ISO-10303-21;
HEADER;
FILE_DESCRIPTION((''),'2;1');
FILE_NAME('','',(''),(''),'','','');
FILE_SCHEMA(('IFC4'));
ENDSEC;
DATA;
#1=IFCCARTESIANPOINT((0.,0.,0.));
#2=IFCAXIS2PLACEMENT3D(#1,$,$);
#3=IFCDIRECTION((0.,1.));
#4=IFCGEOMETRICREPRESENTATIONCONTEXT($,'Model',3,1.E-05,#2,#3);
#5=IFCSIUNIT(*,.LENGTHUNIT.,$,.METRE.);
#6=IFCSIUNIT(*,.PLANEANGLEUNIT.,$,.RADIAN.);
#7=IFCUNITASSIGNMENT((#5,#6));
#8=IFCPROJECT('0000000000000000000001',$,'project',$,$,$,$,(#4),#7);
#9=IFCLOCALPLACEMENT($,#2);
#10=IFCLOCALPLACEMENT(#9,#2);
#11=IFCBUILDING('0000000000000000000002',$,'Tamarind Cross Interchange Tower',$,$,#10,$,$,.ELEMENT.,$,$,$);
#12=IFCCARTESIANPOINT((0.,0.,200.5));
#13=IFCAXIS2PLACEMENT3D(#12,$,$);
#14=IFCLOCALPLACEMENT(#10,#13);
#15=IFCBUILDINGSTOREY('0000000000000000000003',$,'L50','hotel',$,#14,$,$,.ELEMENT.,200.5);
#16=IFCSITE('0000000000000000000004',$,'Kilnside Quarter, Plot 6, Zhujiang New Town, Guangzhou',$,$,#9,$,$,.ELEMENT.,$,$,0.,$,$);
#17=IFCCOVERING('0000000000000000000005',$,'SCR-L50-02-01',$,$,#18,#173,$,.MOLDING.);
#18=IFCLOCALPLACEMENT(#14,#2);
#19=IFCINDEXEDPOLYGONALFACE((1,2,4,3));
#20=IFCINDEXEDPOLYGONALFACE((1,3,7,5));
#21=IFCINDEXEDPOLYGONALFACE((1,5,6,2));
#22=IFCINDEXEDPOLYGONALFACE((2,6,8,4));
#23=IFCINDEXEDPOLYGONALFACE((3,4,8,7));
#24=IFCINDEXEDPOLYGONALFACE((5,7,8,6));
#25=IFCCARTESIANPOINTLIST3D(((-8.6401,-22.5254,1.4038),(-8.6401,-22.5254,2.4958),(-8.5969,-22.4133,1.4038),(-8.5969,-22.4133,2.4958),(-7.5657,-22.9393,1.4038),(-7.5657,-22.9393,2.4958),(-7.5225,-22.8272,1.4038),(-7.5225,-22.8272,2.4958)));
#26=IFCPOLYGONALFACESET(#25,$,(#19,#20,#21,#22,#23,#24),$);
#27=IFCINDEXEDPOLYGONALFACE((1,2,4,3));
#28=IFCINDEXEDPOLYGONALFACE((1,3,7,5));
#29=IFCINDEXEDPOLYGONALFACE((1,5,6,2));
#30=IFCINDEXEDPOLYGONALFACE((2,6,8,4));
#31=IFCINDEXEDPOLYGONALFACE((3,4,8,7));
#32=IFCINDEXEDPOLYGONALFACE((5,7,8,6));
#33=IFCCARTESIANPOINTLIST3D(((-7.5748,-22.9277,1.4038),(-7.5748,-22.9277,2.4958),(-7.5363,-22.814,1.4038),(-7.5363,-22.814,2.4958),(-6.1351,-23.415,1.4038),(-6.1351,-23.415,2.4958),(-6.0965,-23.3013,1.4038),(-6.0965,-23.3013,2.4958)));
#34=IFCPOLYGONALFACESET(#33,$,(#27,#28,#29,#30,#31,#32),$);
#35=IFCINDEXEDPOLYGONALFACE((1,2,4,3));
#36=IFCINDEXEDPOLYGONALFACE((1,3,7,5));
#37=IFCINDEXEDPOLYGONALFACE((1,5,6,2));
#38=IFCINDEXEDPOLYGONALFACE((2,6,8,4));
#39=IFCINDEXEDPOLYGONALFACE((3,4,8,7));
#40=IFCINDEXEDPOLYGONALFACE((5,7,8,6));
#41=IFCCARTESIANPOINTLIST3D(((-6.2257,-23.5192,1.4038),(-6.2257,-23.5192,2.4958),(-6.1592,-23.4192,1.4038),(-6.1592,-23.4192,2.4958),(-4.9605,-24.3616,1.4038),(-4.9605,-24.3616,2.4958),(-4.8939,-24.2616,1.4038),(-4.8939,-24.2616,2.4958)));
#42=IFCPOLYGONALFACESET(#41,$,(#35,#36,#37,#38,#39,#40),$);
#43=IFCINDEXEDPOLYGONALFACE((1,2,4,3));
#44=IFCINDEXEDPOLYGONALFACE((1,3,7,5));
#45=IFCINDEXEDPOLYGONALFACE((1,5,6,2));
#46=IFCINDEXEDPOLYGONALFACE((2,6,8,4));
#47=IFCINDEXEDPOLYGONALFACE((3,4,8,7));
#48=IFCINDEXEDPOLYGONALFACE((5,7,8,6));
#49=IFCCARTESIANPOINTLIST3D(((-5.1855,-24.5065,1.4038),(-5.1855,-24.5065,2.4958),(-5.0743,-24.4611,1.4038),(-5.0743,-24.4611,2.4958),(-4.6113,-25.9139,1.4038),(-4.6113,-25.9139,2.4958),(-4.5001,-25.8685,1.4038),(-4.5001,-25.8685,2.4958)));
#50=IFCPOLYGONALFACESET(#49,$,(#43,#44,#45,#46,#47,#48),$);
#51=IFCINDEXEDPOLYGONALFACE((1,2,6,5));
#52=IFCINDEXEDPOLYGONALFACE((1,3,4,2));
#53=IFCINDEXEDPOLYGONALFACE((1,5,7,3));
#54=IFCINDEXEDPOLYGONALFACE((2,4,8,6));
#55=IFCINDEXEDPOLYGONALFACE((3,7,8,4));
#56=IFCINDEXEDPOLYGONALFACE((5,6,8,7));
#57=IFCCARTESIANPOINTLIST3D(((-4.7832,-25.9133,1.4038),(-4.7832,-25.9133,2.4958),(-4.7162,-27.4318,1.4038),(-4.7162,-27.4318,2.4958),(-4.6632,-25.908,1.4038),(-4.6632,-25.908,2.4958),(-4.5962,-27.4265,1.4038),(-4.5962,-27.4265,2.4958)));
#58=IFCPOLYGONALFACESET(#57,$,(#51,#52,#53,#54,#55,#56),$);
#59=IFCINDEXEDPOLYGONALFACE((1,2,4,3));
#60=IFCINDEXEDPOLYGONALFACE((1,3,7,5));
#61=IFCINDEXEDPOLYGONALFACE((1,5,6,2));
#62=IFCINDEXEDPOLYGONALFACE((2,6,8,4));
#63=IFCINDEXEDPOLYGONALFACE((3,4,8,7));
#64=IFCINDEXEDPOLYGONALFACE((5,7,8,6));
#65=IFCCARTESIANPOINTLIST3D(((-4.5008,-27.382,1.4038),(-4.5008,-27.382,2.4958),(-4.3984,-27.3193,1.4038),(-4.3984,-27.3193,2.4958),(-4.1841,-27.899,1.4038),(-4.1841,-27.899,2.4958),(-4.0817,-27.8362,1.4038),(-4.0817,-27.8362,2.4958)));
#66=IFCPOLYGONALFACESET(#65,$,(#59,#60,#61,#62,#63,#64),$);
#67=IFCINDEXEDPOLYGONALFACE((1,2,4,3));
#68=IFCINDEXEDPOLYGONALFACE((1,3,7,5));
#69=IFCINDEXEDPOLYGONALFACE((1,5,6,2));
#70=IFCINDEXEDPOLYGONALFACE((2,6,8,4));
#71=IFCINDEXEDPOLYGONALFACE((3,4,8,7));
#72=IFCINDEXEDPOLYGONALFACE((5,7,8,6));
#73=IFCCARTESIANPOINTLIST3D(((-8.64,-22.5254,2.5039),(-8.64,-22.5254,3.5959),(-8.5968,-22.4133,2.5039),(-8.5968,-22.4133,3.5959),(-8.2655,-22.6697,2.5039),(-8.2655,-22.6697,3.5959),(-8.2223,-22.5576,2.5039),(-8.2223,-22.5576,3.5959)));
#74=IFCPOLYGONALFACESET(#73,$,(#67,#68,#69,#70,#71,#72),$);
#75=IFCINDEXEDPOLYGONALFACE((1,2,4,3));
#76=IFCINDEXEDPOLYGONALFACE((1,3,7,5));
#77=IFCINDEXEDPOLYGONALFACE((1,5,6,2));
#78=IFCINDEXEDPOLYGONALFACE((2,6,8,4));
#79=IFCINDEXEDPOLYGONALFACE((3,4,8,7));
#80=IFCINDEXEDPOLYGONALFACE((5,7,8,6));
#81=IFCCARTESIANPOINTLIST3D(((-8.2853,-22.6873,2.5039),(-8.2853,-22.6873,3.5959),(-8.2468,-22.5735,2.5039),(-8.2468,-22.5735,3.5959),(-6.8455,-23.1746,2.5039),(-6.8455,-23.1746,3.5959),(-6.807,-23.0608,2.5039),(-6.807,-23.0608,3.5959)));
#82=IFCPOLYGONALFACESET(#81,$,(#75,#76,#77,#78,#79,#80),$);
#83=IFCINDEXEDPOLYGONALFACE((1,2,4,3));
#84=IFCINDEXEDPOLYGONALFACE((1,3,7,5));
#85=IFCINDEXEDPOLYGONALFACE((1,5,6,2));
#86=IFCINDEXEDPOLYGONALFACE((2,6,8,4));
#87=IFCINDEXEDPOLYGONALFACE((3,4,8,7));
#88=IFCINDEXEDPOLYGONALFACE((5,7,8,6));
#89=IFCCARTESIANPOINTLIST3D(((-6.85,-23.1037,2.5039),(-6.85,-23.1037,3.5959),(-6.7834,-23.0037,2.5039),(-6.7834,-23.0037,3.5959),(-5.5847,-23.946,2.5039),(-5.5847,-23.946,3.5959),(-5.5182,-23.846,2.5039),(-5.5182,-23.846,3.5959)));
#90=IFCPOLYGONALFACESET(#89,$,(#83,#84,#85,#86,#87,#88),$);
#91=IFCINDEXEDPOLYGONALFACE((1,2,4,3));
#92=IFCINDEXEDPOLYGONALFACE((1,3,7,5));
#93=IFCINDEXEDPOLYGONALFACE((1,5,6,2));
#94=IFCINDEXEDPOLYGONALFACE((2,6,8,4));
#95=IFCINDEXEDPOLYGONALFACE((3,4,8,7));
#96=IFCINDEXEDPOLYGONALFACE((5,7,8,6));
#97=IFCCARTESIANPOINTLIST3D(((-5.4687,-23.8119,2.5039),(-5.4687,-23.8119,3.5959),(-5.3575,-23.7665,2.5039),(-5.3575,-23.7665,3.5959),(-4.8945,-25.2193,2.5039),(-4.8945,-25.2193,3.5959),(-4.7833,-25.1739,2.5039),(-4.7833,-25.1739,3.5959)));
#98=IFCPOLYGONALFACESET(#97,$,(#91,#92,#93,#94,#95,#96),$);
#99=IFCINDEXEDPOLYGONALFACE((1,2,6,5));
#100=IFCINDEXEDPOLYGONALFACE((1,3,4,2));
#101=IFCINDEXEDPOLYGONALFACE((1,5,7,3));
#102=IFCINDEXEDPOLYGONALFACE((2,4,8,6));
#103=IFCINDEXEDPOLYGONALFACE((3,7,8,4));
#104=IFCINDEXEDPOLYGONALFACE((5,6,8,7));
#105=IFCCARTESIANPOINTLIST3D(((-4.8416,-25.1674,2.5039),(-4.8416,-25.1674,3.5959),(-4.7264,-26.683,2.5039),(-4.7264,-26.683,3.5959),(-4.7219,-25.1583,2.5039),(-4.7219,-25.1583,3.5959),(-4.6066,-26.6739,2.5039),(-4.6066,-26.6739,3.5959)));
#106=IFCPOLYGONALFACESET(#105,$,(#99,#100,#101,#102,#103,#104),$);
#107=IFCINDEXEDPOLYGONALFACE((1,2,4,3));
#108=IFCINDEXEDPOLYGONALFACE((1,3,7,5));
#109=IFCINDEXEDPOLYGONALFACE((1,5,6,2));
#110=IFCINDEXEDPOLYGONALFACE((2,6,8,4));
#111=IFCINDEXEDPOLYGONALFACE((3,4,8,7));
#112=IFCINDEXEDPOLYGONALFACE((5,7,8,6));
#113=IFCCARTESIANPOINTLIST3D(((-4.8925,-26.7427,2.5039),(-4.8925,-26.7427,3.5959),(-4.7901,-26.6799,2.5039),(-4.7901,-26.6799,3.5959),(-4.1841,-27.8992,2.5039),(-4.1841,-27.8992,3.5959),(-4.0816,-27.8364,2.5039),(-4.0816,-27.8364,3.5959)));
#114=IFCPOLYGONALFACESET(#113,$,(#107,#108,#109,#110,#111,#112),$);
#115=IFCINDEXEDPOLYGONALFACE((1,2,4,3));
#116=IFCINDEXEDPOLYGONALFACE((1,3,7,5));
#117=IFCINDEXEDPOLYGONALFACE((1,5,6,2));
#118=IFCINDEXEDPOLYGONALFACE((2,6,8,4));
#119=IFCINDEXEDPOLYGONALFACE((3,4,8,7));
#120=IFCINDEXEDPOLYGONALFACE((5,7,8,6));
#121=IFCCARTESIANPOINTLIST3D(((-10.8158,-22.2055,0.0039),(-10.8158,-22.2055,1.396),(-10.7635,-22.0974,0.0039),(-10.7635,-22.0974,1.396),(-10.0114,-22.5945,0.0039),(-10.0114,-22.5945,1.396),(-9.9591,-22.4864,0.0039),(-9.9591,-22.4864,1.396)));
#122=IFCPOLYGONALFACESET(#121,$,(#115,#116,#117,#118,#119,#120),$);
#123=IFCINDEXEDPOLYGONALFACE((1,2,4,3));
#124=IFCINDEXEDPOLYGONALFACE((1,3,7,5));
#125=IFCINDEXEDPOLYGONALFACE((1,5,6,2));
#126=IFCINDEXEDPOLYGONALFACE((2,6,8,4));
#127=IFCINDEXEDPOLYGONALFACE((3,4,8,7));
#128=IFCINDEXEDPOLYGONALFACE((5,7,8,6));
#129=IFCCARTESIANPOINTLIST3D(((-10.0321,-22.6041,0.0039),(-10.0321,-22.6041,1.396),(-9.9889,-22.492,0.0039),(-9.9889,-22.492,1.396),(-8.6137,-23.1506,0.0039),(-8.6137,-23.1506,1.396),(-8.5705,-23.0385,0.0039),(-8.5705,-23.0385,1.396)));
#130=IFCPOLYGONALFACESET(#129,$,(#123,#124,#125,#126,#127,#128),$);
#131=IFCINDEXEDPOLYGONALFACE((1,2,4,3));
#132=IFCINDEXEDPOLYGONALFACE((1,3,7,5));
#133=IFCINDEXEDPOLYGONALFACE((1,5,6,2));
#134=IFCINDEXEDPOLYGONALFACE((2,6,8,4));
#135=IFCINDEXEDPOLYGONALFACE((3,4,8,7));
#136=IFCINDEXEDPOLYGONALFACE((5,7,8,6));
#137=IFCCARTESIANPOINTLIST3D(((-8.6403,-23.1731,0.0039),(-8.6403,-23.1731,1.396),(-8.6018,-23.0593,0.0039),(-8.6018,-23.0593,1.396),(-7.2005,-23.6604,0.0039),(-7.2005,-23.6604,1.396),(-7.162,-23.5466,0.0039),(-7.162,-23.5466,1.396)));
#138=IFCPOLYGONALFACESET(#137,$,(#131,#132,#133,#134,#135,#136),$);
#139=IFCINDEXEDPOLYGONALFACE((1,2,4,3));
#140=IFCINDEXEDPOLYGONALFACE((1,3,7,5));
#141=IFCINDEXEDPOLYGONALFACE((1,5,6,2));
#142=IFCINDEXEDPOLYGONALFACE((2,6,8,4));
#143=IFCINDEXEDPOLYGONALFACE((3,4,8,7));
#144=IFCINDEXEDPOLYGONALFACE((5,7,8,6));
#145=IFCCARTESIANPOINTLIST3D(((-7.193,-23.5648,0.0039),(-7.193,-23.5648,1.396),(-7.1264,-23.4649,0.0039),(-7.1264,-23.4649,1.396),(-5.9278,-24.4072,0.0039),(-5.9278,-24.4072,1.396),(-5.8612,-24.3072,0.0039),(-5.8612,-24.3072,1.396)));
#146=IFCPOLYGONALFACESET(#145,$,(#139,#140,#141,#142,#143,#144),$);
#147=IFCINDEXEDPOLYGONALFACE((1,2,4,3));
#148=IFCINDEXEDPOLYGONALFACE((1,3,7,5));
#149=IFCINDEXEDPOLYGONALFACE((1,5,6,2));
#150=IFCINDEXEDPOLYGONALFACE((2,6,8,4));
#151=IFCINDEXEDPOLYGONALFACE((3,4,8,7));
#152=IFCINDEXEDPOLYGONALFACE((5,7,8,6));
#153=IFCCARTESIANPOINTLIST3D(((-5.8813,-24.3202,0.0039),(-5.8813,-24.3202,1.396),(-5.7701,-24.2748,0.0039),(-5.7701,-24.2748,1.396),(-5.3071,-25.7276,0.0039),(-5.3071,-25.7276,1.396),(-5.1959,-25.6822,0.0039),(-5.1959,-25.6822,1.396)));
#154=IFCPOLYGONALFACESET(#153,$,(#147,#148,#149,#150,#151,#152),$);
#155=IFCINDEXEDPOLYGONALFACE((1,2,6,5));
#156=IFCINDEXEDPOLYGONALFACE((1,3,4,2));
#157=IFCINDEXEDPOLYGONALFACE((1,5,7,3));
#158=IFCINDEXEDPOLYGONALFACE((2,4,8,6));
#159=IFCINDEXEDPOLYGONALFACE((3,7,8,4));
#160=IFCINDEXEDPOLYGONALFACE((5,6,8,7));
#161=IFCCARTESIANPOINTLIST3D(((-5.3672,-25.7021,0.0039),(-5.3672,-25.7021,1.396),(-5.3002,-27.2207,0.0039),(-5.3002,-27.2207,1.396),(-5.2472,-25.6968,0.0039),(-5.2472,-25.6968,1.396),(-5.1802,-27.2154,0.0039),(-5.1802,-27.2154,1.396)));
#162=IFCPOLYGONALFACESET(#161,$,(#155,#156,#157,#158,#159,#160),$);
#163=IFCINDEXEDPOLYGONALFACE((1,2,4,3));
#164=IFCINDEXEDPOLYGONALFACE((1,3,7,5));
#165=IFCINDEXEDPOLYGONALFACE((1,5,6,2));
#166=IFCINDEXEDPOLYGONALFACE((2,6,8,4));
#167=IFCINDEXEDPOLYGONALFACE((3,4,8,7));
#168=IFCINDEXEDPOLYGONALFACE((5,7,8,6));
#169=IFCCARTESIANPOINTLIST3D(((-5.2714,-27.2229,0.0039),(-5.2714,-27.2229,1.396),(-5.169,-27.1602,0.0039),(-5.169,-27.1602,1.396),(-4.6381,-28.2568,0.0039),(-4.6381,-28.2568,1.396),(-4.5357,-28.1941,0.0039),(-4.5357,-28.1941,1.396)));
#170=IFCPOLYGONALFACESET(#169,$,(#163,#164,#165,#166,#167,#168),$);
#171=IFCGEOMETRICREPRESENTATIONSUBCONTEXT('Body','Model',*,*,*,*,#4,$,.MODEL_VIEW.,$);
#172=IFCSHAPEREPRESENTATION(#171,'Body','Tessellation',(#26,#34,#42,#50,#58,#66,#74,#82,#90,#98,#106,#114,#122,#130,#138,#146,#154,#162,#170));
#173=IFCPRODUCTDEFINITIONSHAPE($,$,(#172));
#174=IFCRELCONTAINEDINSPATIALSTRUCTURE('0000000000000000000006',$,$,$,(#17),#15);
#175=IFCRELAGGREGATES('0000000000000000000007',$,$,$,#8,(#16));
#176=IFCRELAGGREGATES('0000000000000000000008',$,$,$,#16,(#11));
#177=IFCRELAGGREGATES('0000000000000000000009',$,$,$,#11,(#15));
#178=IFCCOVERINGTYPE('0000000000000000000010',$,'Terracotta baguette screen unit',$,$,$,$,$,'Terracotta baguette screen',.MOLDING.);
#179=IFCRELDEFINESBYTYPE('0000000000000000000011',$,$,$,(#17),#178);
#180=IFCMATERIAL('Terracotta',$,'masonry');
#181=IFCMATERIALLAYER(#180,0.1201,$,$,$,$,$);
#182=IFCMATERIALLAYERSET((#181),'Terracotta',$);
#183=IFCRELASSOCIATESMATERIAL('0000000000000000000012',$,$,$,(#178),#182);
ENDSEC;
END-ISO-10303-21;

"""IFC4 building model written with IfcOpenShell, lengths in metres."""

from ifc_helpers import new_model, si_unit, direction, frame, origin, origin_2d, place, context, subcontext, project, spatial, rectangle, extrude, material, layer, layer_set, type_object, element, save


model = new_model("IFC4")

# Units and contexts
model_context = context("Model", 3, precision=1e-05, world=origin(), true_north=direction((0.0, 1.0)))
body_context = subcontext(model_context, "Body", "Model", "MODEL_VIEW")
ifc_project = project(units=[si_unit("LENGTHUNIT", "METRE"), si_unit("PLANEANGLEUNIT", "RADIAN")], contexts=[model_context])

# Site, building, storey
site_placement = place(None, origin())
site = spatial("IfcSite", under=ifc_project, at=site_placement, Name="Kilnside Quarter, Plot 6, Zhujiang New Town, Guangzhou", CompositionType="ELEMENT", RefElevation=0.0)
building_placement = place(site_placement, origin())
building = spatial("IfcBuilding", under=site, at=building_placement, Name="Tamarind Cross Interchange Tower", CompositionType="ELEMENT")
storey_placement = place(building_placement, frame((0.0, 0.0, 200.5)))
storey = spatial("IfcBuildingStorey", under=building, at=storey_placement, Name="L50", Description="hotel", CompositionType="ELEMENT", Elevation=200.5)

# Covering
ifc_material_1 = material(Name="Terracotta", Category="masonry")
ifc_layer_1 = layer(ifc_material_1, 0.1201)
ifc_layer_set_1 = layer_set([ifc_layer_1], Name="Terracotta")
covering_type = type_object("IfcCoveringType", Name="Terracotta baguette screen unit", ElementType="Terracotta baguette screen", PredefinedType="MOLDING", material=ifc_layer_set_1)
covering_1_placement = place(storey_placement, origin())
element("IfcCovering", 1, at=covering_1_placement, inside=storey, type_object=covering_type, Name="SCR-L50-02-01", PredefinedType="MOLDING", context=body_context, shape_type="SweptSolid", body=[
    extrude(rectangle(XDim=1.1514, YDim=0.1201, at=origin_2d()), frame((-8.0813, -22.6763, 1.4038), z_axis=(0.0, 0.0, 1.0), x_axis=(0.933147, -0.359495, 0.0)), (0.0, 0.0, 1.0), 1.092),
    extrude(rectangle(XDim=1.52, YDim=0.1201, at=origin_2d()), frame((-6.8357, -23.1145, 1.4038), z_axis=(0.0, 0.0, 1.0), x_axis=(0.947219, -0.320589, 0.0)), (0.0, 0.0, 1.0), 1.092),
    extrude(rectangle(XDim=1.52, YDim=0.1201, at=origin_2d()), frame((-5.5598, -23.8904, 1.4038), z_axis=(0.0, 0.0, 1.0), x_axis=(0.8324, -0.554175, 0.0)), (0.0, 0.0, 1.0), 1.092),
    extrude(rectangle(XDim=1.52, YDim=0.1201, at=origin_2d()), frame((-4.8428, -25.1875, 1.4038), z_axis=(0.0, 0.0, 1.0), x_axis=(0.377778, -0.925896, 0.0)), (0.0, 0.0, 1.0), 1.092),
    extrude(rectangle(XDim=1.52, YDim=0.1201, at=origin_2d()), frame((-4.6897, -26.6699, 1.4038), z_axis=(0.0, 0.0, 1.0), x_axis=(0.044098, -0.999027, 0.0)), (0.0, 0.0, 1.0), 1.092),
    extrude(rectangle(XDim=0.6062, YDim=0.1201, at=origin_2d()), frame((-4.2913, -27.6091, 1.4038), z_axis=(0.0, 0.0, 1.0), x_axis=(0.522349, -0.852732, 0.0)), (0.0, 0.0, 1.0), 1.092),
    extrude(rectangle(XDim=0.4014, YDim=0.1201, at=origin_2d()), frame((-8.4312, -22.5415, 2.5039), z_axis=(0.0, 0.0, 1.0), x_axis=(0.933147, -0.359495, 0.0)), (0.0, 0.0, 1.0), 1.092),
    extrude(rectangle(XDim=1.52, YDim=0.1201, at=origin_2d()), frame((-7.5461, -22.874, 2.5039), z_axis=(0.0, 0.0, 1.0), x_axis=(0.947219, -0.320589, 0.0)), (0.0, 0.0, 1.0), 1.092),
    extrude(rectangle(XDim=1.52, YDim=0.1201, at=origin_2d()), frame((-6.1841, -23.4749, 2.5039), z_axis=(0.0, 0.0, 1.0), x_axis=(0.8324, -0.554175, 0.0)), (0.0, 0.0, 1.0), 1.092),
    extrude(rectangle(XDim=1.52, YDim=0.1201, at=origin_2d()), frame((-5.126, -24.4929, 2.5039), z_axis=(0.0, 0.0, 1.0), x_axis=(0.377778, -0.925896, 0.0)), (0.0, 0.0, 1.0), 1.092),
    extrude(rectangle(XDim=1.52, YDim=0.1201, at=origin_2d()), frame((-4.7241, -25.9207, 2.5039), z_axis=(0.0, 0.0, 1.0), x_axis=(0.075843, -0.99712, 0.0)), (0.0, 0.0, 1.0), 1.092),
    extrude(rectangle(XDim=1.3562, YDim=0.1201, at=origin_2d()), frame((-4.4871, -27.2896, 2.5039), z_axis=(0.0, 0.0, 1.0), x_axis=(0.522349, -0.852732, 0.0)), (0.0, 0.0, 1.0), 1.092),
    extrude(rectangle(XDim=0.8936, YDim=0.1201, at=origin_2d()), frame((-10.3875, -22.3459, 0.0039), z_axis=(0.0, 0.0, 1.0), x_axis=(0.900273, -0.435326, 0.0)), (0.0, 0.0, 1.0), 1.3921),
    extrude(rectangle(XDim=1.52, YDim=0.1201, at=origin_2d()), frame((-9.3013, -22.8213, 0.0039), z_axis=(0.0, 0.0, 1.0), x_axis=(0.933147, -0.359495, 0.0)), (0.0, 0.0, 1.0), 1.3921),
    extrude(rectangle(XDim=1.52, YDim=0.1201, at=origin_2d()), frame((-7.9011, -23.3599, 0.0039), z_axis=(0.0, 0.0, 1.0), x_axis=(0.947219, -0.320589, 0.0)), (0.0, 0.0, 1.0), 1.3921),
    extrude(rectangle(XDim=1.52, YDim=0.1201, at=origin_2d()), frame((-6.5271, -23.936, 0.0039), z_axis=(0.0, 0.0, 1.0), x_axis=(0.8324, -0.554175, 0.0)), (0.0, 0.0, 1.0), 1.3921),
    extrude(rectangle(XDim=1.52, YDim=0.1201, at=origin_2d()), frame((-5.5386, -25.0012, 0.0039), z_axis=(0.0, 0.0, 1.0), x_axis=(0.377778, -0.925896, 0.0)), (0.0, 0.0, 1.0), 1.3921),
    extrude(rectangle(XDim=1.52, YDim=0.1201, at=origin_2d()), frame((-5.2737, -26.4587, 0.0039), z_axis=(0.0, 0.0, 1.0), x_axis=(0.044098, -0.999027, 0.0)), (0.0, 0.0, 1.0), 1.3921),
    extrude(rectangle(XDim=1.2124, YDim=0.1201, at=origin_2d()), frame((-4.9036, -27.7085, 0.0039), z_axis=(0.0, 0.0, 1.0), x_axis=(0.522349, -0.852732, 0.0)), (0.0, 0.0, 1.0), 1.3921),
])

save(model, "model.ifc")
